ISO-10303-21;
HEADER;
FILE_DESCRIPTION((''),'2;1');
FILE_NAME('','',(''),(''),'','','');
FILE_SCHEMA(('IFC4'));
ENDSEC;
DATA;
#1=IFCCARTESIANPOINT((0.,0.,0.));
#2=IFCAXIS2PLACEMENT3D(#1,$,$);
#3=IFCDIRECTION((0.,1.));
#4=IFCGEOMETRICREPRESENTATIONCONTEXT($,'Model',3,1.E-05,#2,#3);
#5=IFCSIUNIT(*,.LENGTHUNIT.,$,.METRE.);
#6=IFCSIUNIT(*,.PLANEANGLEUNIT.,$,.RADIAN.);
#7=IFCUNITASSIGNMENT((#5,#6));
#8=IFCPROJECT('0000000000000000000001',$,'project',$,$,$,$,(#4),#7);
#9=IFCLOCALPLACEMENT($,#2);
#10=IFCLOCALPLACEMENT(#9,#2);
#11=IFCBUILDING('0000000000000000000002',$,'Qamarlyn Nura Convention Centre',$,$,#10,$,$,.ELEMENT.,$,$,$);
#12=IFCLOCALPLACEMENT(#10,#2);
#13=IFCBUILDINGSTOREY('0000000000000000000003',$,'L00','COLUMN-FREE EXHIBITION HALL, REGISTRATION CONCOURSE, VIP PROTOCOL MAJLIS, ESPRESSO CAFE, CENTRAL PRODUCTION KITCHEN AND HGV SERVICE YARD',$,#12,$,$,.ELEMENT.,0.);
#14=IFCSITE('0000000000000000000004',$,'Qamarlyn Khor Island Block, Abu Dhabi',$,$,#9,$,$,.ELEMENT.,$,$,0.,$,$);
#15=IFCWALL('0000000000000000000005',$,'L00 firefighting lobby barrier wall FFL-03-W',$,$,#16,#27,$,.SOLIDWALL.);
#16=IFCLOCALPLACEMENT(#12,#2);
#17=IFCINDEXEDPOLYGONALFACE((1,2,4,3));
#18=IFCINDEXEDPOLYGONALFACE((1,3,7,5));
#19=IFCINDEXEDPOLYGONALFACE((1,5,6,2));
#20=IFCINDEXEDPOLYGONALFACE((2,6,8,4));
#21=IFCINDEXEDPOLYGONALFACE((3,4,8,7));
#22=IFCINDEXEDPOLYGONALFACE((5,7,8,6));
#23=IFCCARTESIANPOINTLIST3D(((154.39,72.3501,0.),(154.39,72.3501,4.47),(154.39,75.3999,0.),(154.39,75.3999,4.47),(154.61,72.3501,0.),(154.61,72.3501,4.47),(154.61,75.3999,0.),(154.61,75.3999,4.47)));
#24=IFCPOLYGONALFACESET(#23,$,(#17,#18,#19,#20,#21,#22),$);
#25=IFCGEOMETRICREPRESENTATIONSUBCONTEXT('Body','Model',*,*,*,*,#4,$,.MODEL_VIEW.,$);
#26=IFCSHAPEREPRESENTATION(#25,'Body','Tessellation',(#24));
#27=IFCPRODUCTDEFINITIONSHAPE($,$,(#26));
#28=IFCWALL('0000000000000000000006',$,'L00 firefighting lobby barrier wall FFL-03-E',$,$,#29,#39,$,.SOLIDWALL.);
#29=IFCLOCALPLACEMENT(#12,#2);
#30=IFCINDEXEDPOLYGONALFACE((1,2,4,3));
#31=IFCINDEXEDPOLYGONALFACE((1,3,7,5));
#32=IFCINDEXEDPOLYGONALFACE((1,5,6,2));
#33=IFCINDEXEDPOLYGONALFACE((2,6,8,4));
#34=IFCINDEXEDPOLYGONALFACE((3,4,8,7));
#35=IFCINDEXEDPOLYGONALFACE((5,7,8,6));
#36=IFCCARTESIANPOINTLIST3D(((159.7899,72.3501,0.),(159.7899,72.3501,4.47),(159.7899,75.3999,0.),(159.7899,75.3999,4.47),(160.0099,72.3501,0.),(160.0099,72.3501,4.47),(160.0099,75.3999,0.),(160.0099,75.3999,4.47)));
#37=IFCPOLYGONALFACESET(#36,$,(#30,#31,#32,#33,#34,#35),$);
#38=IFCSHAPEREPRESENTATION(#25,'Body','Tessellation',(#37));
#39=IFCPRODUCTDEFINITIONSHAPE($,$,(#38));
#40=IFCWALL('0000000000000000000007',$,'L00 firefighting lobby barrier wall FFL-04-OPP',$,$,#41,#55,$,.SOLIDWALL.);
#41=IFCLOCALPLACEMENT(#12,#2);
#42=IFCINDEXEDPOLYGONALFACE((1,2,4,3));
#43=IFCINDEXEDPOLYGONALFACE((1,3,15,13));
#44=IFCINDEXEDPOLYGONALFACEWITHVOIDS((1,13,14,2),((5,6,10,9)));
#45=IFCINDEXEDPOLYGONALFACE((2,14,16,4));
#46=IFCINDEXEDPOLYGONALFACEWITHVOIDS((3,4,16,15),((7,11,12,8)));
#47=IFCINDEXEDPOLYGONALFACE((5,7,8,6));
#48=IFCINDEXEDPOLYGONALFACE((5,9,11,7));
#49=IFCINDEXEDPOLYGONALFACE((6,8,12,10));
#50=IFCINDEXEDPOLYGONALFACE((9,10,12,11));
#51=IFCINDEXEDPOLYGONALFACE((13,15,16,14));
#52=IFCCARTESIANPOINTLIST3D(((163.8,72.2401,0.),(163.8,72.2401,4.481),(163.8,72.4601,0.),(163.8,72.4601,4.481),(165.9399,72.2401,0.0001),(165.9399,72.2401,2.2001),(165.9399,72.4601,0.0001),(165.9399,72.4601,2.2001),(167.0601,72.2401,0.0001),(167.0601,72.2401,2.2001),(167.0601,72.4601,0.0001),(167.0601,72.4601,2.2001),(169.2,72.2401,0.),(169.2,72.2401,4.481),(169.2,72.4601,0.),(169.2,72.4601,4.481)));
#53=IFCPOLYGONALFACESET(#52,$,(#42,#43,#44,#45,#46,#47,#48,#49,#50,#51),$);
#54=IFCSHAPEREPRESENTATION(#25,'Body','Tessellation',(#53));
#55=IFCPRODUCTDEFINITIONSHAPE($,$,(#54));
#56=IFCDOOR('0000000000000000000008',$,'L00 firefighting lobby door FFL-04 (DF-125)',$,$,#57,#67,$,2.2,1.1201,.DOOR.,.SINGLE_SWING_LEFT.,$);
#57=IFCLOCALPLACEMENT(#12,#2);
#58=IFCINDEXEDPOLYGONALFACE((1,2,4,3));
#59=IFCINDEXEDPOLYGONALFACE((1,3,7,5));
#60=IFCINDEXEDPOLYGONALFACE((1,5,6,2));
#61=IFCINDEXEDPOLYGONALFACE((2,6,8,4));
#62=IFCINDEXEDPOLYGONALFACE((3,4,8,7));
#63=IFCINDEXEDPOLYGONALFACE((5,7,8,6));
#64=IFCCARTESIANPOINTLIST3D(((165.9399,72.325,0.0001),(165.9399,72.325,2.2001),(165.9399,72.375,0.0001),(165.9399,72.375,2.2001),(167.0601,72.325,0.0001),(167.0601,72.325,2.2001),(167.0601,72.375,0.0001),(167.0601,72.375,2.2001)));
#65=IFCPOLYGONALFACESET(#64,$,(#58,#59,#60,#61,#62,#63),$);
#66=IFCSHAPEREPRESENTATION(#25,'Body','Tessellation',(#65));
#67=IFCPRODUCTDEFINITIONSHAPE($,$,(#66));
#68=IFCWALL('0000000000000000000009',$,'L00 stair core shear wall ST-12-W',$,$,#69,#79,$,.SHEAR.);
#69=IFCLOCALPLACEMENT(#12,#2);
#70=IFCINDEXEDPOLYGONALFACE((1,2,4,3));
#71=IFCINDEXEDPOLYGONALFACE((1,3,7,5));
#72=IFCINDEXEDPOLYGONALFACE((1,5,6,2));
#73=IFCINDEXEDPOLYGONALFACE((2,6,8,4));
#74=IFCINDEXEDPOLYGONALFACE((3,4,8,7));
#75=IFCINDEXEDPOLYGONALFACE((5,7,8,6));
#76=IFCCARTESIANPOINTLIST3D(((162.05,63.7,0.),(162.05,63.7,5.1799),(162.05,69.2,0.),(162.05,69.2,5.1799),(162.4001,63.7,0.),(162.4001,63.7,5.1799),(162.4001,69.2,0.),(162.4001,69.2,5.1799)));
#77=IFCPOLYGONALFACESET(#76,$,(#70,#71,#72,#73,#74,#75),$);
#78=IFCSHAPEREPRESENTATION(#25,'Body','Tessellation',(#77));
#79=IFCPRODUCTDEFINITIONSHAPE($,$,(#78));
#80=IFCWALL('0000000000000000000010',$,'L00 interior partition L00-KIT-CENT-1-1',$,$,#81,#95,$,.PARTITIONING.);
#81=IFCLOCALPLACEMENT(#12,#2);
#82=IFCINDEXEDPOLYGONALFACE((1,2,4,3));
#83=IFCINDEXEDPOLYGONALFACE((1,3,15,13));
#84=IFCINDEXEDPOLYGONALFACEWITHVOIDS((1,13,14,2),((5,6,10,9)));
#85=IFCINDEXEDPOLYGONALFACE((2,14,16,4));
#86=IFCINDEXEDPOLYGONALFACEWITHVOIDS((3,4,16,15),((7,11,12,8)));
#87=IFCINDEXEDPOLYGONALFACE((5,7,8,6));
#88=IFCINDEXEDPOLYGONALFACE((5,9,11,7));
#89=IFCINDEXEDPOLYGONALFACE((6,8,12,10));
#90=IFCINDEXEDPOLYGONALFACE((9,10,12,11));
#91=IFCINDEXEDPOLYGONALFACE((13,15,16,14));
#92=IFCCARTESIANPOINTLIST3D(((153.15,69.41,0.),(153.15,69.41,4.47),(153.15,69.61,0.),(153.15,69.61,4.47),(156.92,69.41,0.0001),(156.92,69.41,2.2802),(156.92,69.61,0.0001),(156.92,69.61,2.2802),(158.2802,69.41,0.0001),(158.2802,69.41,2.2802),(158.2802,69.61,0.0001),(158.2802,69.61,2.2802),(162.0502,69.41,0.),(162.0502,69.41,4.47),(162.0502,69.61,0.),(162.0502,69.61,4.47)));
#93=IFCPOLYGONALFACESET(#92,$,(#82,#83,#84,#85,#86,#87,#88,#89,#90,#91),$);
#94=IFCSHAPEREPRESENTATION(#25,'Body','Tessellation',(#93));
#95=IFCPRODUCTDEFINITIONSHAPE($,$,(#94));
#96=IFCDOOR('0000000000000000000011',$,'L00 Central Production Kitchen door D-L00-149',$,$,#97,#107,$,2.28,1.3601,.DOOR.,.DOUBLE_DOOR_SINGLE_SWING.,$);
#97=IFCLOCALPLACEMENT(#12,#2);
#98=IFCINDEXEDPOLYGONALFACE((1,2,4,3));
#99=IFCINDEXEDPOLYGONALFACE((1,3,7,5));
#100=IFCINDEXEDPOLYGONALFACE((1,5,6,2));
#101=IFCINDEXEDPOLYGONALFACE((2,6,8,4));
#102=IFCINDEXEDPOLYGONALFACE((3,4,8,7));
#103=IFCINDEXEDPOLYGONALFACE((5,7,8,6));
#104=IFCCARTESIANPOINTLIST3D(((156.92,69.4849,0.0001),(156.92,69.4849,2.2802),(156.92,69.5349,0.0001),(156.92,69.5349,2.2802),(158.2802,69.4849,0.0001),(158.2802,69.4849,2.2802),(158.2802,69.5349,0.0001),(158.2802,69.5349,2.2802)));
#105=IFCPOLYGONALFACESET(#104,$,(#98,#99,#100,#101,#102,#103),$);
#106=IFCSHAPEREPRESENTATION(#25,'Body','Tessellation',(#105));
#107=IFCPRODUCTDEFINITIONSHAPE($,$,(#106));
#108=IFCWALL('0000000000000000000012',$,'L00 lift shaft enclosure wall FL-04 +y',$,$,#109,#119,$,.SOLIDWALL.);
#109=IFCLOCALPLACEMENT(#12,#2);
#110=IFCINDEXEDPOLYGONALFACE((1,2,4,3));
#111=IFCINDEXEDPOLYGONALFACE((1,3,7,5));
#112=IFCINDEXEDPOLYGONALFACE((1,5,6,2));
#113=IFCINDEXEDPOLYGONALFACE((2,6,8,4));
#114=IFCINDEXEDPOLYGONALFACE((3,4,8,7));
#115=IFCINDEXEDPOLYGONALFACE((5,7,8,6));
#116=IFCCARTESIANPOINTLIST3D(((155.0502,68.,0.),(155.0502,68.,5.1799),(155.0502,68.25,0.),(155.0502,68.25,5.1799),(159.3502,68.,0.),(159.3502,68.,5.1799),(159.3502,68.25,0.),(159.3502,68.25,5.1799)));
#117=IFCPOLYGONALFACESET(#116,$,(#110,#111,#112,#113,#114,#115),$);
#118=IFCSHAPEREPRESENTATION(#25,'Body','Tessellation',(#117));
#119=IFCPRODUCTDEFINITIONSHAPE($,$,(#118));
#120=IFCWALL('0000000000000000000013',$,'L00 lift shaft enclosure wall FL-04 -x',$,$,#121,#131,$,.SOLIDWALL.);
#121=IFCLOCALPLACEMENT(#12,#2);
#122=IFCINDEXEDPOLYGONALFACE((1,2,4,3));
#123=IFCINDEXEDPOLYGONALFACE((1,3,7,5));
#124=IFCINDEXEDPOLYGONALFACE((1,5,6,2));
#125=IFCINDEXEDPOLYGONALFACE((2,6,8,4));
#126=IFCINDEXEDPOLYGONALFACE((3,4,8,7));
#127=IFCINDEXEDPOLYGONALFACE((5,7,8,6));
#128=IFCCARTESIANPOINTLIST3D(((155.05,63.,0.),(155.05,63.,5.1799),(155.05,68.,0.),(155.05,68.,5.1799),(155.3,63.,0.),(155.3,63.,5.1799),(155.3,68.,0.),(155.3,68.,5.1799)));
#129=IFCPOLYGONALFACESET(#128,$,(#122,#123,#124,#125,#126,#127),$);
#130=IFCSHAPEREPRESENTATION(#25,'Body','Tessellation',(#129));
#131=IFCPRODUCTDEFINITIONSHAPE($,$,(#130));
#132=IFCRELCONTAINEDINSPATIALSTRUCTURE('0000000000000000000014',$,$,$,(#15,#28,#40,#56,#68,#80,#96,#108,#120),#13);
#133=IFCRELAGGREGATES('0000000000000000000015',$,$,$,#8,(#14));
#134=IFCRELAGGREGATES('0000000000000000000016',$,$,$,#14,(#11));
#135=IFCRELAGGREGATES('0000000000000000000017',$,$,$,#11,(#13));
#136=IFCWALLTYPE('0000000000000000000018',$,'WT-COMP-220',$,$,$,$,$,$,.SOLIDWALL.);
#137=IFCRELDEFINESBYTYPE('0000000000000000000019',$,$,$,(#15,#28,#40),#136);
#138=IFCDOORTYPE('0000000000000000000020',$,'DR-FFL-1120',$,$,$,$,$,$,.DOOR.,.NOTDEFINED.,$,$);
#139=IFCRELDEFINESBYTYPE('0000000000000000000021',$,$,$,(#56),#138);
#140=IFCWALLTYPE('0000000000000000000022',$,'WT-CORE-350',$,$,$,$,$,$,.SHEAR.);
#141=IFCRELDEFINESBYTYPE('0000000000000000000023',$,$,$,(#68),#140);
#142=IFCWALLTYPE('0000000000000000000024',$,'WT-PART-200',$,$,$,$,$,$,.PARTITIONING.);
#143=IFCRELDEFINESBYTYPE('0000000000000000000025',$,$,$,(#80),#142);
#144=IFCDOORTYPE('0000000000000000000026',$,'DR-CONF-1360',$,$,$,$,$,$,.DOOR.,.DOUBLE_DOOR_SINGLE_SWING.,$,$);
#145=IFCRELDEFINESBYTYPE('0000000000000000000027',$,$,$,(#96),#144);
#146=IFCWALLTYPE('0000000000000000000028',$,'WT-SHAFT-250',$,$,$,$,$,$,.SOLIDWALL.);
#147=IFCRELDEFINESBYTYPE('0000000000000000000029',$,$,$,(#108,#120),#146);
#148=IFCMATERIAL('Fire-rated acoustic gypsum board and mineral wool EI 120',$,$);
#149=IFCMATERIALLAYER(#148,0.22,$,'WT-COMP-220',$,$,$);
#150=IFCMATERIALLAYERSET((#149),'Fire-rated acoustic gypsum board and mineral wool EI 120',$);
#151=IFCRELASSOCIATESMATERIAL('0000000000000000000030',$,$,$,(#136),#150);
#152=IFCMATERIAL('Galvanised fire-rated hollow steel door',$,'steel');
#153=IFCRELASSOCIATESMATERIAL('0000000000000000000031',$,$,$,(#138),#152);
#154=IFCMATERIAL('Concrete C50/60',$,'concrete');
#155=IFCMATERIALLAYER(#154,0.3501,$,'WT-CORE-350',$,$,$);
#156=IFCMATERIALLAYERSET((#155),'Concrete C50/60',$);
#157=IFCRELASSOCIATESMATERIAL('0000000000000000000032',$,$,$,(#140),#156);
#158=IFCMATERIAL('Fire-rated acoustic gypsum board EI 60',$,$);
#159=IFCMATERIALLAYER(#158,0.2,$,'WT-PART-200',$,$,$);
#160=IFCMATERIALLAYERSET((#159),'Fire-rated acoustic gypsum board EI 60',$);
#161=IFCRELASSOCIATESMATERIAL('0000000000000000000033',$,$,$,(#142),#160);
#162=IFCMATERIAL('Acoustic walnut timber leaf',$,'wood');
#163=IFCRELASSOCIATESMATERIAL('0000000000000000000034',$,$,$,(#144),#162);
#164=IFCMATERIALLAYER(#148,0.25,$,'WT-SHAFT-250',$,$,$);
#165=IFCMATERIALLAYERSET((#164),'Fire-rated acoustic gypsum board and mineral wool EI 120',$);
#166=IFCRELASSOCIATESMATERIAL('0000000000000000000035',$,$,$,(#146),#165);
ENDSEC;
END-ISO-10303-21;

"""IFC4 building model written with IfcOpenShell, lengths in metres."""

from ifc_helpers import new_model, si_unit, direction, frame, frame_2d, origin, place, context, subcontext, project, spatial, rectangle, extrude, material, layer, layer_set, type_object, element, fill, save


model = new_model("IFC4")

# Units and contexts
model_context = context("Model", 3, precision=1e-05, world=origin(), true_north=direction((0.0, 1.0)))
body_context = subcontext(model_context, "Body", "Model", "MODEL_VIEW")
ifc_project = project(units=[si_unit("LENGTHUNIT", "METRE"), si_unit("PLANEANGLEUNIT", "RADIAN")], contexts=[model_context])

# Site, building, storey
site_placement = place(None, origin())
site = spatial("IfcSite", under=ifc_project, at=site_placement, Name="Qamarlyn Khor Island Block, Abu Dhabi", CompositionType="ELEMENT", RefElevation=0.0)
building_placement = place(site_placement, origin())
building = spatial("IfcBuilding", under=site, at=building_placement, Name="Qamarlyn Nura Convention Centre", CompositionType="ELEMENT")
storey_placement = place(building_placement, origin())
storey = spatial("IfcBuildingStorey", under=building, at=storey_placement, Name="L00", Description="COLUMN-FREE EXHIBITION HALL, REGISTRATION CONCOURSE, VIP PROTOCOL MAJLIS, ESPRESSO CAFE, CENTRAL PRODUCTION KITCHEN AND HGV SERVICE YARD", CompositionType="ELEMENT", Elevation=0.0)

# Shared definitions
ifc_material_1 = material(Name="Fire-rated acoustic gypsum board and mineral wool EI 120")
ifc_layer_1 = layer(ifc_material_1, 0.22, Name="WT-COMP-220")
ifc_layer_set_1 = layer_set([ifc_layer_1], Name="Fire-rated acoustic gypsum board and mineral wool EI 120")
wall_type_1 = type_object("IfcWallType", Name="WT-COMP-220", PredefinedType="SOLIDWALL", material=ifc_layer_set_1)
ifc_material_2 = material(Name="Galvanised fire-rated hollow steel door", Category="steel")
door_type_1 = type_object("IfcDoorType", Name="DR-FFL-1120", OperationType="NOTDEFINED", PredefinedType="DOOR", material=ifc_material_2)

# Walls
for number, where, z_axis, x_axis, name in (
    (1, (154.5, 72.3501, 0.0), (0.0, 0.0, 1.0), (0.0, 1.0, 0.0), "L00 firefighting lobby barrier wall FFL-03-W"),
    (2, (159.8999, 72.3501, 0.0), (0.0, 0.0, 1.0), (0.0, 1.0, 0.0), "L00 firefighting lobby barrier wall FFL-03-E"),
):
    element("IfcWall", number, at=place(storey_placement, frame(where, z_axis=z_axis, x_axis=x_axis)), inside=storey, type_object=wall_type_1, Name=name, PredefinedType="SOLIDWALL", context=body_context, shape_type="SweptSolid", body=[
        extrude(rectangle(XDim=3.0498, YDim=0.22, at=frame_2d((1.5249, 0.0))), origin(), (0.0, 0.0, 1.0), 4.47),
    ])

# Wall, opening, door
wall_1_placement = place(storey_placement, frame((163.8, 72.3501, 0.0), z_axis=(0.0, 0.0, 1.0), x_axis=(1.0, 0.0, 0.0)))
wall_1 = element("IfcWall", 3, at=wall_1_placement, inside=storey, type_object=wall_type_1, Name="L00 firefighting lobby barrier wall FFL-04-OPP", PredefinedType="SOLIDWALL", context=body_context, shape_type="SweptSolid", body=[
    extrude(rectangle(XDim=5.3999, YDim=0.22, at=frame_2d((2.7, 0.0))), origin(), (0.0, 0.0, 1.0), 4.481),
])
opening_1_placement = place(wall_1_placement, frame((2.1399, 0.0, 0.0)))
opening_1 = element("IfcOpeningElement", 4, at=opening_1_placement, cuts=wall_1, PredefinedType="OPENING", context=body_context, shape_type="SweptSolid", body=[
    extrude(rectangle(XDim=1.1201, YDim=2.2, at=frame_2d((0.5601, 1.1001))), frame((0.0, 0.1201, 0.0), z_axis=(0.0, -1.0, 0.0), x_axis=(1.0, 0.0, 0.0)), (0.0, 0.0, 1.0), 0.24),
])
door_1_placement = place(opening_1_placement, origin())
door_1 = element("IfcDoor", 5, at=door_1_placement, inside=storey, type_object=door_type_1, Name="L00 firefighting lobby door FFL-04 (DF-125)", OperationType="SINGLE_SWING_LEFT", OverallHeight=2.2, OverallWidth=1.1201, PredefinedType="DOOR", context=body_context, shape_type="SweptSolid", body=[
    extrude(rectangle(XDim=1.1201, YDim=2.2, at=frame_2d((0.5601, 1.1001))), frame((0.0, 0.0249, 0.0), z_axis=(0.0, -1.0, 0.0), x_axis=(1.0, 0.0, 0.0)), (0.0, 0.0, 1.0), 0.05),
])
fill(opening_1, door_1)

# Wall
ifc_material_3 = material(Name="Concrete C50/60", Category="concrete")
ifc_layer_2 = layer(ifc_material_3, 0.3501, Name="WT-CORE-350")
ifc_layer_set_2 = layer_set([ifc_layer_2], Name="Concrete C50/60")
wall_type_2 = type_object("IfcWallType", Name="WT-CORE-350", PredefinedType="SHEAR", material=ifc_layer_set_2)
wall_2_placement = place(storey_placement, frame((162.2251, 69.2, 0.0), z_axis=(0.0, 0.0, 1.0), x_axis=(0.0, -1.0, 0.0)))
element("IfcWall", 6, at=wall_2_placement, inside=storey, type_object=wall_type_2, Name="L00 stair core shear wall ST-12-W", PredefinedType="SHEAR", context=body_context, shape_type="SweptSolid", body=[
    extrude(rectangle(XDim=5.5, YDim=0.3501, at=frame_2d((2.75, 0.0))), origin(), (0.0, 0.0, 1.0), 5.1799),
])

# Wall, opening, door
ifc_material_4 = material(Name="Fire-rated acoustic gypsum board EI 60")
ifc_layer_3 = layer(ifc_material_4, 0.2, Name="WT-PART-200")
ifc_layer_set_3 = layer_set([ifc_layer_3], Name="Fire-rated acoustic gypsum board EI 60")
wall_type_3 = type_object("IfcWallType", Name="WT-PART-200", PredefinedType="PARTITIONING", material=ifc_layer_set_3)
wall_3_placement = place(storey_placement, frame((153.1499, 69.51, 0.0), z_axis=(0.0, 0.0, 1.0), x_axis=(1.0, 0.0, 0.0)))
wall_3 = element("IfcWall", 7, at=wall_3_placement, inside=storey, type_object=wall_type_3, Name="L00 interior partition L00-KIT-CENT-1-1", PredefinedType="PARTITIONING", context=body_context, shape_type="SweptSolid", body=[
    extrude(rectangle(XDim=8.9001, YDim=0.2, at=frame_2d((4.4502, 0.0))), origin(), (0.0, 0.0, 1.0), 4.47),
])
opening_2_placement = place(wall_3_placement, frame((3.77, 0.0, 0.0)))
opening_2 = element("IfcOpeningElement", 8, at=opening_2_placement, cuts=wall_3, PredefinedType="OPENING", context=body_context, shape_type="SweptSolid", body=[
    extrude(rectangle(XDim=1.3601, YDim=2.28, at=frame_2d((0.6802, 1.1401))), frame((0.0, 0.1099, 0.0), z_axis=(0.0, -1.0, 0.0), x_axis=(1.0, 0.0, 0.0)), (0.0, 0.0, 1.0), 0.22),
])
ifc_material_5 = material(Name="Acoustic walnut timber leaf", Category="wood")
door_type_2 = type_object("IfcDoorType", Name="DR-CONF-1360", OperationType="DOUBLE_DOOR_SINGLE_SWING", PredefinedType="DOOR", material=ifc_material_5)
door_2_placement = place(opening_2_placement, origin())
door_2 = element("IfcDoor", 9, at=door_2_placement, inside=storey, type_object=door_type_2, Name="L00 Central Production Kitchen door D-L00-149", OperationType="DOUBLE_DOOR_SINGLE_SWING", OverallHeight=2.28, OverallWidth=1.3601, PredefinedType="DOOR", context=body_context, shape_type="SweptSolid", body=[
    extrude(rectangle(XDim=1.3601, YDim=2.28, at=frame_2d((0.6802, 1.1401))), frame((0.0, 0.0249, 0.0), z_axis=(0.0, -1.0, 0.0), x_axis=(1.0, 0.0, 0.0)), (0.0, 0.0, 1.0), 0.05),
])
fill(opening_2, door_2)

# Walls
ifc_layer_4 = layer(ifc_material_1, 0.25, Name="WT-SHAFT-250")
ifc_layer_set_4 = layer_set([ifc_layer_4], Name="Fire-rated acoustic gypsum board and mineral wool EI 120")
wall_type_4 = type_object("IfcWallType", Name="WT-SHAFT-250", PredefinedType="SOLIDWALL", material=ifc_layer_set_4)
wall_4_placement = place(storey_placement, frame((159.3501, 68.125, 0.0), z_axis=(0.0, 0.0, 1.0), x_axis=(-1.0, 0.0, 0.0)))
element("IfcWall", 10, at=wall_4_placement, inside=storey, type_object=wall_type_4, Name="L00 lift shaft enclosure wall FL-04 +y", PredefinedType="SOLIDWALL", context=body_context, shape_type="SweptSolid", body=[
    extrude(rectangle(XDim=4.3, YDim=0.25, at=frame_2d((2.1499, 0.0))), origin(), (0.0, 0.0, 1.0), 5.1799),
])
wall_5_placement = place(storey_placement, frame((155.175, 68.0, 0.0), z_axis=(0.0, 0.0, 1.0), x_axis=(0.0, -1.0, 0.0)))
element("IfcWall", 11, at=wall_5_placement, inside=storey, type_object=wall_type_4, Name="L00 lift shaft enclosure wall FL-04 -x", PredefinedType="SOLIDWALL", context=body_context, shape_type="SweptSolid", body=[
    extrude(rectangle(XDim=5.0, YDim=0.25, at=frame_2d((2.5, 0.0))), origin(), (0.0, 0.0, 1.0), 5.1799),
])

save(model, "model.ifc")
